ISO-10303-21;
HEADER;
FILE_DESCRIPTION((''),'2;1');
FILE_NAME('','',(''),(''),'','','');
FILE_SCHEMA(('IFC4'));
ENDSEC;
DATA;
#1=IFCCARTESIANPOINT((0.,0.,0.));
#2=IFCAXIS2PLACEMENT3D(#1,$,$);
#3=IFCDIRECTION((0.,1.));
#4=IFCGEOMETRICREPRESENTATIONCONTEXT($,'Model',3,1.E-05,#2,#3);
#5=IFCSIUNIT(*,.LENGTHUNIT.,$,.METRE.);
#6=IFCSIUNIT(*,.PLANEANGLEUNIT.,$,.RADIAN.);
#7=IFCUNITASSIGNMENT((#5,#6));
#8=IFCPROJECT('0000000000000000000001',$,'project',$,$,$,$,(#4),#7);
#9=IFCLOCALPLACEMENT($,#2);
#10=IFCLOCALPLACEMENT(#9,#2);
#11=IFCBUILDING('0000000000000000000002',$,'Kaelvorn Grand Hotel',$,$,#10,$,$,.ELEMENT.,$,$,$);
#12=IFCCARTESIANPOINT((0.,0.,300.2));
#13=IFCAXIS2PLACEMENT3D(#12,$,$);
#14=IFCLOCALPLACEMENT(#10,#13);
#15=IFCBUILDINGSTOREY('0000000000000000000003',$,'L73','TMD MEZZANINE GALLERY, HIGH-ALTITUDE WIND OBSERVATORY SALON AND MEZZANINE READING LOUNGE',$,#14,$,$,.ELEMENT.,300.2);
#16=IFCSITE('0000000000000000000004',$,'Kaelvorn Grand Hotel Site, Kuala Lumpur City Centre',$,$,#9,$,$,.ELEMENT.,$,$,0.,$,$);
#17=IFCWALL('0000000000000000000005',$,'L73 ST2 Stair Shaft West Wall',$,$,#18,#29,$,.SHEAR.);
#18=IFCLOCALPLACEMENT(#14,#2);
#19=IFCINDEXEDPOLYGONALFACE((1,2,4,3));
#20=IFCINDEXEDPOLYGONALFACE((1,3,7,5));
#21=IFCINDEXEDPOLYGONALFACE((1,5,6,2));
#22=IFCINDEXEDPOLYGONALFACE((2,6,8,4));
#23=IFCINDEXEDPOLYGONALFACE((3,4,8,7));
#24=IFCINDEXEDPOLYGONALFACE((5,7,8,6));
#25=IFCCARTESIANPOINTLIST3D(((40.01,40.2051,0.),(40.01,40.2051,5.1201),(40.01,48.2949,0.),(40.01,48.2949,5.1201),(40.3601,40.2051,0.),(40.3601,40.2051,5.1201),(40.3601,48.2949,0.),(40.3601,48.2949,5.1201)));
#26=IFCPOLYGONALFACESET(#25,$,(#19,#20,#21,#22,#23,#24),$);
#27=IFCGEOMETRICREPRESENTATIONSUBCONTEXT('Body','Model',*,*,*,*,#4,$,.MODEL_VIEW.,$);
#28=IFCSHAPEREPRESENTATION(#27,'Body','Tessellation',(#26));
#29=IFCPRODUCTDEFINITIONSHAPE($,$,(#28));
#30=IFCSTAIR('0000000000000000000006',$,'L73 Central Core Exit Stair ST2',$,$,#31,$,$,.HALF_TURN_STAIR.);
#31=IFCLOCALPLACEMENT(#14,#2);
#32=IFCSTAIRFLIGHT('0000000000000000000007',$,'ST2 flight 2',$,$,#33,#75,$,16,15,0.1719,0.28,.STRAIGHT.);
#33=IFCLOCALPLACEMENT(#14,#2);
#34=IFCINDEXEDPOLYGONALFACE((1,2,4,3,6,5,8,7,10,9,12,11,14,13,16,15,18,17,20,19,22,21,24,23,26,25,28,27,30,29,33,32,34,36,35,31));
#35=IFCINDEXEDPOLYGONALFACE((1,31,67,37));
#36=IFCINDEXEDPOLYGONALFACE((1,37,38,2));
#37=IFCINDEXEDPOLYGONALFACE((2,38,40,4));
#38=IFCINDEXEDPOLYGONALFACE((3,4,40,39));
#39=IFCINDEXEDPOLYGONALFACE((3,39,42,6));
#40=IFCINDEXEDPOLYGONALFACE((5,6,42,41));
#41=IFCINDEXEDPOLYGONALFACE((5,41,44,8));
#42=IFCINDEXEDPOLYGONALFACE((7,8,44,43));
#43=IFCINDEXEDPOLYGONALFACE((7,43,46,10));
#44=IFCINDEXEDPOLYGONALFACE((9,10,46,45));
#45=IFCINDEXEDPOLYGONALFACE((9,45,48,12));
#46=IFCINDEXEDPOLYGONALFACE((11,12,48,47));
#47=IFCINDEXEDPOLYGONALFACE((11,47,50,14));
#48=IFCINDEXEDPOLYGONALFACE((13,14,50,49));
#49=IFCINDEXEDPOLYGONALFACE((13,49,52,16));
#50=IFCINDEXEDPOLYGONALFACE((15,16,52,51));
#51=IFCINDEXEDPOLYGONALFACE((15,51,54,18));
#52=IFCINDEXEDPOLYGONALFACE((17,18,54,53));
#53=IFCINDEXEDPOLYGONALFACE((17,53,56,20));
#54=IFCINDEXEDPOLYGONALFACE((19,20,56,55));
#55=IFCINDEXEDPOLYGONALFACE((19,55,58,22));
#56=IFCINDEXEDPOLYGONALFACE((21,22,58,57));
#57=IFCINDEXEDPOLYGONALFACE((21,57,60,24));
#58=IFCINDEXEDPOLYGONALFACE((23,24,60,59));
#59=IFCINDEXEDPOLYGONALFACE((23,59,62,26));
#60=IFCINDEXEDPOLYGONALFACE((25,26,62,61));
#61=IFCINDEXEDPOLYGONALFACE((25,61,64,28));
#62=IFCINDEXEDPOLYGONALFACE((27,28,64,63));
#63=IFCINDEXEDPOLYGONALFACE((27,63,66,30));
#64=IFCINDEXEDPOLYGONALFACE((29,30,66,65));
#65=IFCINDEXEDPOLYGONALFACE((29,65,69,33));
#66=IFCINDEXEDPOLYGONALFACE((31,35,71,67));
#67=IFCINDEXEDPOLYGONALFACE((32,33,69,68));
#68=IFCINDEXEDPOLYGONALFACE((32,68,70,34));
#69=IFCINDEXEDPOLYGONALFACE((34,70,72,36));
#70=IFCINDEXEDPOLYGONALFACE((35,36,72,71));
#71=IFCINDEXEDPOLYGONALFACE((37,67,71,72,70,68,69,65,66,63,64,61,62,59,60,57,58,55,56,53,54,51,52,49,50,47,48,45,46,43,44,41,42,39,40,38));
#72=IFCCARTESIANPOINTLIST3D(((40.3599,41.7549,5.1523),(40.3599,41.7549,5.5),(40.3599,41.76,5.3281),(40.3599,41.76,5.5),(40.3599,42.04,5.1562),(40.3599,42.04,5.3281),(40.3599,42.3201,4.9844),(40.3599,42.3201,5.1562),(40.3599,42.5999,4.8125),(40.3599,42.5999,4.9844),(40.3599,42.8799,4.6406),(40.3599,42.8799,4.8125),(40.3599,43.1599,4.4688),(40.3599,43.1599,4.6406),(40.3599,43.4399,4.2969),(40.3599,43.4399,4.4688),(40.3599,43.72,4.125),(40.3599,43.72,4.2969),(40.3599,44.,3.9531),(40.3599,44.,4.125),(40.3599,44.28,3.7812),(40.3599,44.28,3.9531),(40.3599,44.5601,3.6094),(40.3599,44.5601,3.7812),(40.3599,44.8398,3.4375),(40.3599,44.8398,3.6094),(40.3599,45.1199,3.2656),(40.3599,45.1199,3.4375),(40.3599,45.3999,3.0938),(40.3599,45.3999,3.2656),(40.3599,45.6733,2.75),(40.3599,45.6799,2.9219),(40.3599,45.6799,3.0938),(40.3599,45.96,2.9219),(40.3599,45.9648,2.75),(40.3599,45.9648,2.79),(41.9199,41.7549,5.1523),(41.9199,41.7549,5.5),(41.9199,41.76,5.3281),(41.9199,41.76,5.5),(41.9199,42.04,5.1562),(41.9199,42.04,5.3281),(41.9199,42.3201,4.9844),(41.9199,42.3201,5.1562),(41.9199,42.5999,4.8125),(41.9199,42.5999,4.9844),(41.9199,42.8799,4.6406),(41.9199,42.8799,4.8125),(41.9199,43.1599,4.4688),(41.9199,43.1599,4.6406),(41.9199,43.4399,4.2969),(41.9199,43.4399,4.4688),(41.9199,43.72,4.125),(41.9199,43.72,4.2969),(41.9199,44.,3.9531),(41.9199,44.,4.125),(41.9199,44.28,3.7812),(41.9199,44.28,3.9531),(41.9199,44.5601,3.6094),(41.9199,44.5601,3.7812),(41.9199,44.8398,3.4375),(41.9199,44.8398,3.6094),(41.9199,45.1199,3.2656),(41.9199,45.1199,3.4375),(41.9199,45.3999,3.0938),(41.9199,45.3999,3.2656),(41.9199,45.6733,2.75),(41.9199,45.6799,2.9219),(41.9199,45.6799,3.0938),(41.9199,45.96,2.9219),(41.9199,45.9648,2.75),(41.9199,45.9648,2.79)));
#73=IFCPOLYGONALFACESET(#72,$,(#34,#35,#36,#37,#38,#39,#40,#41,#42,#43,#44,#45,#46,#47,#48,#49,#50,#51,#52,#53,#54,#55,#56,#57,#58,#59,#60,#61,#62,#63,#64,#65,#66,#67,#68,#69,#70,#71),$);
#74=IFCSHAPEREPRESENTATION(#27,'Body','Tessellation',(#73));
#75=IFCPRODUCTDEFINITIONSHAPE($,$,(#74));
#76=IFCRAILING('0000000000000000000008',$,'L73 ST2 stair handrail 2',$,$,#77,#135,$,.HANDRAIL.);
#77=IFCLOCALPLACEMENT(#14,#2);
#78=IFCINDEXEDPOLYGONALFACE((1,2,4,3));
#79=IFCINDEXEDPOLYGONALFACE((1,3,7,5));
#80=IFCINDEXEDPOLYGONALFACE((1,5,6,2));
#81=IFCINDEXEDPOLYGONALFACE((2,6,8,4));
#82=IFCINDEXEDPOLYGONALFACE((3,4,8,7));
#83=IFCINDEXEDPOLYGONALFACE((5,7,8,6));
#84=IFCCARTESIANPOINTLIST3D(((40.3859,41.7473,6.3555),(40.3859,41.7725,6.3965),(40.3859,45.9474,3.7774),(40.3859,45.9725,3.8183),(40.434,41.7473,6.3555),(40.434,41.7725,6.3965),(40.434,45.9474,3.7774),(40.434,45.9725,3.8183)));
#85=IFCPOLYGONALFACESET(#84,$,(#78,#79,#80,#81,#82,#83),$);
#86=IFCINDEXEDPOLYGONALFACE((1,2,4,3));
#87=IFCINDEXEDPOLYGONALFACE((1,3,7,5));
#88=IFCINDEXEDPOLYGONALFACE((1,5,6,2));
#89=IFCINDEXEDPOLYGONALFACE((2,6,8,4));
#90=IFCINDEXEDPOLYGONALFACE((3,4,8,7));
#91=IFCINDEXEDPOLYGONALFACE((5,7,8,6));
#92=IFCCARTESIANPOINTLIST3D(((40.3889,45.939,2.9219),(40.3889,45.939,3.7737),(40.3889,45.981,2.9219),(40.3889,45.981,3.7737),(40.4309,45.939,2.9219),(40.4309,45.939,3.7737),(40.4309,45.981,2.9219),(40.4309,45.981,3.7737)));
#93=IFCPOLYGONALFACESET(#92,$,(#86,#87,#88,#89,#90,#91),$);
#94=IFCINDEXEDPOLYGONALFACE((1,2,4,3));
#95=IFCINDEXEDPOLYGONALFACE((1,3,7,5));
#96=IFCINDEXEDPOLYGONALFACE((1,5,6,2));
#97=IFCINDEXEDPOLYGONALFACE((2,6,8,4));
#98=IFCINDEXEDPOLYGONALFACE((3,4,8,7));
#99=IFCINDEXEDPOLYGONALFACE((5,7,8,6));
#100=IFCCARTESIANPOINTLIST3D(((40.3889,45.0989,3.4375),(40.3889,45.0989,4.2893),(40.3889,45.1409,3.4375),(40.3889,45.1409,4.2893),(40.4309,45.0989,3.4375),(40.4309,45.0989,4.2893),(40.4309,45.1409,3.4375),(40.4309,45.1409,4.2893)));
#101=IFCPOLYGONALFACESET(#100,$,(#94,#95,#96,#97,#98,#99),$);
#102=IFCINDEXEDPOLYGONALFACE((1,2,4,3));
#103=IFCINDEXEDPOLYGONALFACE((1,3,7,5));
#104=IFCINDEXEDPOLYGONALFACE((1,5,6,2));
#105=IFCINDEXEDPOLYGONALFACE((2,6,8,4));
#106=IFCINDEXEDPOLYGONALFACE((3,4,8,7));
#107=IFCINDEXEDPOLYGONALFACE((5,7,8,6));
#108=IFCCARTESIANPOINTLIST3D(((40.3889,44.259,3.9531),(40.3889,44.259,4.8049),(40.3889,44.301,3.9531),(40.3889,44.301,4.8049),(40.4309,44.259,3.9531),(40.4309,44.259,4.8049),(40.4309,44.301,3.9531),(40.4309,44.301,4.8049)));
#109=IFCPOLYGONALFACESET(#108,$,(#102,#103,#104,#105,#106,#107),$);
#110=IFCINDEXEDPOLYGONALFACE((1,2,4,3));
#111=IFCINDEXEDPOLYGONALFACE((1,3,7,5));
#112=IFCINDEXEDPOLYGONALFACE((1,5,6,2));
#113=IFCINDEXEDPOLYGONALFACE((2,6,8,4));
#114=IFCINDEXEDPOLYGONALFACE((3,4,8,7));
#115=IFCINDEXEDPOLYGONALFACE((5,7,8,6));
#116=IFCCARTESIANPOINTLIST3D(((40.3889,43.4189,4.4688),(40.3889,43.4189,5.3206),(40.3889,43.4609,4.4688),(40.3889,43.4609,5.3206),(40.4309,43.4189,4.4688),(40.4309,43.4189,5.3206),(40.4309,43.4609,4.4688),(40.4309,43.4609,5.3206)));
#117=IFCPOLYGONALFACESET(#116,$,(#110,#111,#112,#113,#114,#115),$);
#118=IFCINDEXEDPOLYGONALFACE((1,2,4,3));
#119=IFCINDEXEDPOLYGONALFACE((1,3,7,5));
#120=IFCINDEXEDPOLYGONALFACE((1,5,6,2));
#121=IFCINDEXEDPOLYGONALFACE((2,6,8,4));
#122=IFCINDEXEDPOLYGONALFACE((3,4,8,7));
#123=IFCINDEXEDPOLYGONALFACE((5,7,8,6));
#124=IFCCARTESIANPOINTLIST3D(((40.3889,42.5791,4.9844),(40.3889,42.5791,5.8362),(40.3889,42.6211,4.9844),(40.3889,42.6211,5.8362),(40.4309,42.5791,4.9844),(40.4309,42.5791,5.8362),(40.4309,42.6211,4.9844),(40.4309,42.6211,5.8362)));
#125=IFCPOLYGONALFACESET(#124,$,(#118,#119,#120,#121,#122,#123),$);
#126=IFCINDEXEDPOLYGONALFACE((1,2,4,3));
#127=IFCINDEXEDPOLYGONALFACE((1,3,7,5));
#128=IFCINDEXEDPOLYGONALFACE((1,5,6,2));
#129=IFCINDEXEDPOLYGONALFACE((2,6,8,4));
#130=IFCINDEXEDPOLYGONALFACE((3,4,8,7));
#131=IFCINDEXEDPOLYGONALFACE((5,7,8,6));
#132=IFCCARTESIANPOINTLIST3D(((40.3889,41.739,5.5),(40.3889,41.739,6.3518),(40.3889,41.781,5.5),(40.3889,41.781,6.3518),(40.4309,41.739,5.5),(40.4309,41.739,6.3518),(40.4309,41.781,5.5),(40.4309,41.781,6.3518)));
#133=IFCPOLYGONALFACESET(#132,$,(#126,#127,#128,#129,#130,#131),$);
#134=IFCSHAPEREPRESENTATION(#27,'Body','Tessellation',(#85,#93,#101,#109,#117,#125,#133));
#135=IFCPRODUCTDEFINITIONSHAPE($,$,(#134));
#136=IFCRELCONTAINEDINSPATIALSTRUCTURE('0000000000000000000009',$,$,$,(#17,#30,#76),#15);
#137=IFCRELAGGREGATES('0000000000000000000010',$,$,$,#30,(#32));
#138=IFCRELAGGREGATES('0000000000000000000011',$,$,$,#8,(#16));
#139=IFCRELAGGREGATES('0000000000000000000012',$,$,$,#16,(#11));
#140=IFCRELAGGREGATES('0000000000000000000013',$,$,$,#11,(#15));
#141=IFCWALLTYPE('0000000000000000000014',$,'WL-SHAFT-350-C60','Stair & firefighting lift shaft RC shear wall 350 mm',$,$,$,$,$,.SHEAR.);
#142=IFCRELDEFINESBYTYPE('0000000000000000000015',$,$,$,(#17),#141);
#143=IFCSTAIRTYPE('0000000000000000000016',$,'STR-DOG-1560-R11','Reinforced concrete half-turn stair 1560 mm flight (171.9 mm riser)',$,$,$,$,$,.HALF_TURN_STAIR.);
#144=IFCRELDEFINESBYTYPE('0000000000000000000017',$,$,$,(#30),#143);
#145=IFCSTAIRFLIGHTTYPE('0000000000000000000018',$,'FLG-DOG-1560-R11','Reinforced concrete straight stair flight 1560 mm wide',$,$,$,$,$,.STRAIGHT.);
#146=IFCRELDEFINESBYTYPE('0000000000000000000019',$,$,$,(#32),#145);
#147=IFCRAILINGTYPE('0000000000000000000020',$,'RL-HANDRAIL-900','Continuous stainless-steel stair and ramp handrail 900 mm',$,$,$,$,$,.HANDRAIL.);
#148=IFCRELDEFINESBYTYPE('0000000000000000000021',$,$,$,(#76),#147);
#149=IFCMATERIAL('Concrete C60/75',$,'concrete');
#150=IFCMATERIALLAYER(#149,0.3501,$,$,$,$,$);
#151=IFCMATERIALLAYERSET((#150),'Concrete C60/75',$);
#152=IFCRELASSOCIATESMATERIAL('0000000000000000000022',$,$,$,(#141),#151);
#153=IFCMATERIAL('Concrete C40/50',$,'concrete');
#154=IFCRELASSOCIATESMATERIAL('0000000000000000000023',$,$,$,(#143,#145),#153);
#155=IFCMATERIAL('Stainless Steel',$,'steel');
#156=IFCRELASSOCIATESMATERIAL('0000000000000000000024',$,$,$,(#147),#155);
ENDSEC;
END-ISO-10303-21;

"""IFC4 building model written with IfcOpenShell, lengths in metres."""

from ifc_helpers import new_model, si_unit, direction, frame, frame_2d, origin, origin_2d, place, context, subcontext, project, spatial, polyline, rectangle, outline, extrude, material, layer, layer_set, type_object, element, aggregate, save


model = new_model("IFC4")

# Units and contexts
model_context = context("Model", 3, precision=1e-05, world=origin(), true_north=direction((0.0, 1.0)))
body_context = subcontext(model_context, "Body", "Model", "MODEL_VIEW")
ifc_project = project(units=[si_unit("LENGTHUNIT", "METRE"), si_unit("PLANEANGLEUNIT", "RADIAN")], contexts=[model_context])

# Site, building, storey
site_placement = place(None, origin())
site = spatial("IfcSite", under=ifc_project, at=site_placement, Name="Kaelvorn Grand Hotel Site, Kuala Lumpur City Centre", CompositionType="ELEMENT", RefElevation=0.0)
building_placement = place(site_placement, origin())
building = spatial("IfcBuilding", under=site, at=building_placement, Name="Kaelvorn Grand Hotel", CompositionType="ELEMENT")
storey_placement = place(building_placement, frame((0.0, 0.0, 300.2)))
storey = spatial("IfcBuildingStorey", under=building, at=storey_placement, Name="L73", Description="TMD MEZZANINE GALLERY, HIGH-ALTITUDE WIND OBSERVATORY SALON AND MEZZANINE READING LOUNGE", CompositionType="ELEMENT", Elevation=300.2)

# Shared definitions
ifc_material_1 = material(Name="Concrete C40/50", Category="concrete")

# Wall
ifc_material_2 = material(Name="Concrete C60/75", Category="concrete")
ifc_layer_1 = layer(ifc_material_2, 0.3501)
ifc_layer_set_1 = layer_set([ifc_layer_1], Name="Concrete C60/75")
wall_type_1 = type_object("IfcWallType", Name="WL-SHAFT-350-C60", Description="Stair & firefighting lift shaft RC shear wall 350 mm", PredefinedType="SHEAR", material=ifc_layer_set_1)
wall_1_placement = place(storey_placement, frame((40.1851, 40.2051, 0.0), z_axis=(0.0, 0.0, 1.0), x_axis=(0.0, 1.0, 0.0)))
element("IfcWall", 1, at=wall_1_placement, inside=storey, type_object=wall_type_1, Name="L73 ST2 Stair Shaft West Wall", PredefinedType="SHEAR", context=body_context, shape_type="SweptSolid", body=[
    extrude(rectangle(XDim=8.0898, YDim=0.3501, at=frame_2d((4.0449, 0.0))), origin(), (0.0, 0.0, 1.0), 5.1201),
])

# Stair, stair flight
stair_type = type_object("IfcStairType", Name="STR-DOG-1560-R11", Description="Reinforced concrete half-turn stair 1560 mm flight (171.9 mm riser)", PredefinedType="HALF_TURN_STAIR", material=ifc_material_1)
stair_placement = place(storey_placement, origin())
stair = element("IfcStair", 2, at=stair_placement, inside=storey, type_object=stair_type, Name="L73 Central Core Exit Stair ST2", PredefinedType="HALF_TURN_STAIR")
stair_flight_type = type_object("IfcStairFlightType", Name="FLG-DOG-1560-R11", Description="Reinforced concrete straight stair flight 1560 mm wide", PredefinedType="STRAIGHT", material=ifc_material_1)
stair_flight_placement = place(storey_placement, frame((41.1399, 45.96, 2.75), z_axis=(0.0, 0.0, 1.0), x_axis=(0.0, -1.0, 0.0)))
stair_flight = element("IfcStairFlight", 3, at=stair_flight_placement, type_object=stair_flight_type, Name="ST2 flight 2", NumberOfRisers=16, NumberOfTreads=15, PredefinedType="STRAIGHT", RiserHeight=0.1719, TreadLength=0.28, context=body_context, shape_type="SweptSolid", body=[
    extrude(outline(polyline([(-0.0049, 0.0), (-0.0049, 0.04), (0.0, 0.1719), (0.28, 0.1719), (0.28, 0.3438), (0.5601, 0.3438), (0.5601, 0.5156), (0.8401, 0.5156), (0.8401, 0.6875), (1.1201, 0.6875), (1.1201, 0.8594), (1.3999, 0.8594), (1.3999, 1.0312), (1.6799, 1.0312), (1.6799, 1.2031), (1.96, 1.2031), (1.96, 1.375), (2.24, 1.375), (2.24, 1.5469), (2.52, 1.5469), (2.52, 1.7188), (2.8, 1.7188), (2.8, 1.8906), (3.0801, 1.8906), (3.0801, 2.0625), (3.3601, 2.0625), (3.3601, 2.2344), (3.6399, 2.2344), (3.6399, 2.4062), (3.9199, 2.4062), (3.9199, 2.5781), (4.2, 2.5781), (4.2, 2.75), (4.2051, 2.75), (4.2051, 2.4023), (0.2866, 0.0), (-0.0049, 0.0)])), frame((0.0, 0.78, 0.0), z_axis=(0.0, -1.0, 0.0), x_axis=(1.0, 0.0, 0.0)), (0.0, 0.0, 1.0), 1.5601),
])
aggregate(stair, [stair_flight])

# Railing
ifc_material_3 = material(Name="Stainless Steel", Category="steel")
railing_type = type_object("IfcRailingType", Name="RL-HANDRAIL-900", Description="Continuous stainless-steel stair and ramp handrail 900 mm", PredefinedType="HANDRAIL", material=ifc_material_3)
railing_placement = place(storey_placement, frame((40.4099, 45.96, 2.9219)))
element("IfcRailing", 4, at=railing_placement, inside=storey, type_object=railing_type, Name="L73 ST2 stair handrail 2", PredefinedType="HANDRAIL", context=body_context, shape_type="SweptSolid", body=[
    extrude(rectangle(XDim=0.0481, YDim=0.0481, at=origin_2d()), frame((0.0, 0.0, 0.876), z_axis=(0.0, -0.852243, 0.523146), x_axis=(1.0, 0.0, 0.0)), (0.0, 0.0, 1.0), 4.9282),
    extrude(rectangle(XDim=0.042, YDim=0.042, at=origin_2d()), origin(), (0.0, 0.0, 1.0), 0.8518),
    extrude(rectangle(XDim=0.042, YDim=0.042, at=origin_2d()), frame((0.0, -0.8401, 0.5156)), (0.0, 0.0, 1.0), 0.8518),
    extrude(rectangle(XDim=0.042, YDim=0.042, at=origin_2d()), frame((0.0, -1.6799, 1.0312)), (0.0, 0.0, 1.0), 0.8518),
    extrude(rectangle(XDim=0.042, YDim=0.042, at=origin_2d()), frame((0.0, -2.52, 1.5469)), (0.0, 0.0, 1.0), 0.8518),
    extrude(rectangle(XDim=0.042, YDim=0.042, at=origin_2d()), frame((0.0, -3.3599, 2.0625)), (0.0, 0.0, 1.0), 0.8518),
    extrude(rectangle(XDim=0.042, YDim=0.042, at=origin_2d()), frame((0.0, -4.2, 2.5781)), (0.0, 0.0, 1.0), 0.8518),
])

save(model, "model.ifc")
